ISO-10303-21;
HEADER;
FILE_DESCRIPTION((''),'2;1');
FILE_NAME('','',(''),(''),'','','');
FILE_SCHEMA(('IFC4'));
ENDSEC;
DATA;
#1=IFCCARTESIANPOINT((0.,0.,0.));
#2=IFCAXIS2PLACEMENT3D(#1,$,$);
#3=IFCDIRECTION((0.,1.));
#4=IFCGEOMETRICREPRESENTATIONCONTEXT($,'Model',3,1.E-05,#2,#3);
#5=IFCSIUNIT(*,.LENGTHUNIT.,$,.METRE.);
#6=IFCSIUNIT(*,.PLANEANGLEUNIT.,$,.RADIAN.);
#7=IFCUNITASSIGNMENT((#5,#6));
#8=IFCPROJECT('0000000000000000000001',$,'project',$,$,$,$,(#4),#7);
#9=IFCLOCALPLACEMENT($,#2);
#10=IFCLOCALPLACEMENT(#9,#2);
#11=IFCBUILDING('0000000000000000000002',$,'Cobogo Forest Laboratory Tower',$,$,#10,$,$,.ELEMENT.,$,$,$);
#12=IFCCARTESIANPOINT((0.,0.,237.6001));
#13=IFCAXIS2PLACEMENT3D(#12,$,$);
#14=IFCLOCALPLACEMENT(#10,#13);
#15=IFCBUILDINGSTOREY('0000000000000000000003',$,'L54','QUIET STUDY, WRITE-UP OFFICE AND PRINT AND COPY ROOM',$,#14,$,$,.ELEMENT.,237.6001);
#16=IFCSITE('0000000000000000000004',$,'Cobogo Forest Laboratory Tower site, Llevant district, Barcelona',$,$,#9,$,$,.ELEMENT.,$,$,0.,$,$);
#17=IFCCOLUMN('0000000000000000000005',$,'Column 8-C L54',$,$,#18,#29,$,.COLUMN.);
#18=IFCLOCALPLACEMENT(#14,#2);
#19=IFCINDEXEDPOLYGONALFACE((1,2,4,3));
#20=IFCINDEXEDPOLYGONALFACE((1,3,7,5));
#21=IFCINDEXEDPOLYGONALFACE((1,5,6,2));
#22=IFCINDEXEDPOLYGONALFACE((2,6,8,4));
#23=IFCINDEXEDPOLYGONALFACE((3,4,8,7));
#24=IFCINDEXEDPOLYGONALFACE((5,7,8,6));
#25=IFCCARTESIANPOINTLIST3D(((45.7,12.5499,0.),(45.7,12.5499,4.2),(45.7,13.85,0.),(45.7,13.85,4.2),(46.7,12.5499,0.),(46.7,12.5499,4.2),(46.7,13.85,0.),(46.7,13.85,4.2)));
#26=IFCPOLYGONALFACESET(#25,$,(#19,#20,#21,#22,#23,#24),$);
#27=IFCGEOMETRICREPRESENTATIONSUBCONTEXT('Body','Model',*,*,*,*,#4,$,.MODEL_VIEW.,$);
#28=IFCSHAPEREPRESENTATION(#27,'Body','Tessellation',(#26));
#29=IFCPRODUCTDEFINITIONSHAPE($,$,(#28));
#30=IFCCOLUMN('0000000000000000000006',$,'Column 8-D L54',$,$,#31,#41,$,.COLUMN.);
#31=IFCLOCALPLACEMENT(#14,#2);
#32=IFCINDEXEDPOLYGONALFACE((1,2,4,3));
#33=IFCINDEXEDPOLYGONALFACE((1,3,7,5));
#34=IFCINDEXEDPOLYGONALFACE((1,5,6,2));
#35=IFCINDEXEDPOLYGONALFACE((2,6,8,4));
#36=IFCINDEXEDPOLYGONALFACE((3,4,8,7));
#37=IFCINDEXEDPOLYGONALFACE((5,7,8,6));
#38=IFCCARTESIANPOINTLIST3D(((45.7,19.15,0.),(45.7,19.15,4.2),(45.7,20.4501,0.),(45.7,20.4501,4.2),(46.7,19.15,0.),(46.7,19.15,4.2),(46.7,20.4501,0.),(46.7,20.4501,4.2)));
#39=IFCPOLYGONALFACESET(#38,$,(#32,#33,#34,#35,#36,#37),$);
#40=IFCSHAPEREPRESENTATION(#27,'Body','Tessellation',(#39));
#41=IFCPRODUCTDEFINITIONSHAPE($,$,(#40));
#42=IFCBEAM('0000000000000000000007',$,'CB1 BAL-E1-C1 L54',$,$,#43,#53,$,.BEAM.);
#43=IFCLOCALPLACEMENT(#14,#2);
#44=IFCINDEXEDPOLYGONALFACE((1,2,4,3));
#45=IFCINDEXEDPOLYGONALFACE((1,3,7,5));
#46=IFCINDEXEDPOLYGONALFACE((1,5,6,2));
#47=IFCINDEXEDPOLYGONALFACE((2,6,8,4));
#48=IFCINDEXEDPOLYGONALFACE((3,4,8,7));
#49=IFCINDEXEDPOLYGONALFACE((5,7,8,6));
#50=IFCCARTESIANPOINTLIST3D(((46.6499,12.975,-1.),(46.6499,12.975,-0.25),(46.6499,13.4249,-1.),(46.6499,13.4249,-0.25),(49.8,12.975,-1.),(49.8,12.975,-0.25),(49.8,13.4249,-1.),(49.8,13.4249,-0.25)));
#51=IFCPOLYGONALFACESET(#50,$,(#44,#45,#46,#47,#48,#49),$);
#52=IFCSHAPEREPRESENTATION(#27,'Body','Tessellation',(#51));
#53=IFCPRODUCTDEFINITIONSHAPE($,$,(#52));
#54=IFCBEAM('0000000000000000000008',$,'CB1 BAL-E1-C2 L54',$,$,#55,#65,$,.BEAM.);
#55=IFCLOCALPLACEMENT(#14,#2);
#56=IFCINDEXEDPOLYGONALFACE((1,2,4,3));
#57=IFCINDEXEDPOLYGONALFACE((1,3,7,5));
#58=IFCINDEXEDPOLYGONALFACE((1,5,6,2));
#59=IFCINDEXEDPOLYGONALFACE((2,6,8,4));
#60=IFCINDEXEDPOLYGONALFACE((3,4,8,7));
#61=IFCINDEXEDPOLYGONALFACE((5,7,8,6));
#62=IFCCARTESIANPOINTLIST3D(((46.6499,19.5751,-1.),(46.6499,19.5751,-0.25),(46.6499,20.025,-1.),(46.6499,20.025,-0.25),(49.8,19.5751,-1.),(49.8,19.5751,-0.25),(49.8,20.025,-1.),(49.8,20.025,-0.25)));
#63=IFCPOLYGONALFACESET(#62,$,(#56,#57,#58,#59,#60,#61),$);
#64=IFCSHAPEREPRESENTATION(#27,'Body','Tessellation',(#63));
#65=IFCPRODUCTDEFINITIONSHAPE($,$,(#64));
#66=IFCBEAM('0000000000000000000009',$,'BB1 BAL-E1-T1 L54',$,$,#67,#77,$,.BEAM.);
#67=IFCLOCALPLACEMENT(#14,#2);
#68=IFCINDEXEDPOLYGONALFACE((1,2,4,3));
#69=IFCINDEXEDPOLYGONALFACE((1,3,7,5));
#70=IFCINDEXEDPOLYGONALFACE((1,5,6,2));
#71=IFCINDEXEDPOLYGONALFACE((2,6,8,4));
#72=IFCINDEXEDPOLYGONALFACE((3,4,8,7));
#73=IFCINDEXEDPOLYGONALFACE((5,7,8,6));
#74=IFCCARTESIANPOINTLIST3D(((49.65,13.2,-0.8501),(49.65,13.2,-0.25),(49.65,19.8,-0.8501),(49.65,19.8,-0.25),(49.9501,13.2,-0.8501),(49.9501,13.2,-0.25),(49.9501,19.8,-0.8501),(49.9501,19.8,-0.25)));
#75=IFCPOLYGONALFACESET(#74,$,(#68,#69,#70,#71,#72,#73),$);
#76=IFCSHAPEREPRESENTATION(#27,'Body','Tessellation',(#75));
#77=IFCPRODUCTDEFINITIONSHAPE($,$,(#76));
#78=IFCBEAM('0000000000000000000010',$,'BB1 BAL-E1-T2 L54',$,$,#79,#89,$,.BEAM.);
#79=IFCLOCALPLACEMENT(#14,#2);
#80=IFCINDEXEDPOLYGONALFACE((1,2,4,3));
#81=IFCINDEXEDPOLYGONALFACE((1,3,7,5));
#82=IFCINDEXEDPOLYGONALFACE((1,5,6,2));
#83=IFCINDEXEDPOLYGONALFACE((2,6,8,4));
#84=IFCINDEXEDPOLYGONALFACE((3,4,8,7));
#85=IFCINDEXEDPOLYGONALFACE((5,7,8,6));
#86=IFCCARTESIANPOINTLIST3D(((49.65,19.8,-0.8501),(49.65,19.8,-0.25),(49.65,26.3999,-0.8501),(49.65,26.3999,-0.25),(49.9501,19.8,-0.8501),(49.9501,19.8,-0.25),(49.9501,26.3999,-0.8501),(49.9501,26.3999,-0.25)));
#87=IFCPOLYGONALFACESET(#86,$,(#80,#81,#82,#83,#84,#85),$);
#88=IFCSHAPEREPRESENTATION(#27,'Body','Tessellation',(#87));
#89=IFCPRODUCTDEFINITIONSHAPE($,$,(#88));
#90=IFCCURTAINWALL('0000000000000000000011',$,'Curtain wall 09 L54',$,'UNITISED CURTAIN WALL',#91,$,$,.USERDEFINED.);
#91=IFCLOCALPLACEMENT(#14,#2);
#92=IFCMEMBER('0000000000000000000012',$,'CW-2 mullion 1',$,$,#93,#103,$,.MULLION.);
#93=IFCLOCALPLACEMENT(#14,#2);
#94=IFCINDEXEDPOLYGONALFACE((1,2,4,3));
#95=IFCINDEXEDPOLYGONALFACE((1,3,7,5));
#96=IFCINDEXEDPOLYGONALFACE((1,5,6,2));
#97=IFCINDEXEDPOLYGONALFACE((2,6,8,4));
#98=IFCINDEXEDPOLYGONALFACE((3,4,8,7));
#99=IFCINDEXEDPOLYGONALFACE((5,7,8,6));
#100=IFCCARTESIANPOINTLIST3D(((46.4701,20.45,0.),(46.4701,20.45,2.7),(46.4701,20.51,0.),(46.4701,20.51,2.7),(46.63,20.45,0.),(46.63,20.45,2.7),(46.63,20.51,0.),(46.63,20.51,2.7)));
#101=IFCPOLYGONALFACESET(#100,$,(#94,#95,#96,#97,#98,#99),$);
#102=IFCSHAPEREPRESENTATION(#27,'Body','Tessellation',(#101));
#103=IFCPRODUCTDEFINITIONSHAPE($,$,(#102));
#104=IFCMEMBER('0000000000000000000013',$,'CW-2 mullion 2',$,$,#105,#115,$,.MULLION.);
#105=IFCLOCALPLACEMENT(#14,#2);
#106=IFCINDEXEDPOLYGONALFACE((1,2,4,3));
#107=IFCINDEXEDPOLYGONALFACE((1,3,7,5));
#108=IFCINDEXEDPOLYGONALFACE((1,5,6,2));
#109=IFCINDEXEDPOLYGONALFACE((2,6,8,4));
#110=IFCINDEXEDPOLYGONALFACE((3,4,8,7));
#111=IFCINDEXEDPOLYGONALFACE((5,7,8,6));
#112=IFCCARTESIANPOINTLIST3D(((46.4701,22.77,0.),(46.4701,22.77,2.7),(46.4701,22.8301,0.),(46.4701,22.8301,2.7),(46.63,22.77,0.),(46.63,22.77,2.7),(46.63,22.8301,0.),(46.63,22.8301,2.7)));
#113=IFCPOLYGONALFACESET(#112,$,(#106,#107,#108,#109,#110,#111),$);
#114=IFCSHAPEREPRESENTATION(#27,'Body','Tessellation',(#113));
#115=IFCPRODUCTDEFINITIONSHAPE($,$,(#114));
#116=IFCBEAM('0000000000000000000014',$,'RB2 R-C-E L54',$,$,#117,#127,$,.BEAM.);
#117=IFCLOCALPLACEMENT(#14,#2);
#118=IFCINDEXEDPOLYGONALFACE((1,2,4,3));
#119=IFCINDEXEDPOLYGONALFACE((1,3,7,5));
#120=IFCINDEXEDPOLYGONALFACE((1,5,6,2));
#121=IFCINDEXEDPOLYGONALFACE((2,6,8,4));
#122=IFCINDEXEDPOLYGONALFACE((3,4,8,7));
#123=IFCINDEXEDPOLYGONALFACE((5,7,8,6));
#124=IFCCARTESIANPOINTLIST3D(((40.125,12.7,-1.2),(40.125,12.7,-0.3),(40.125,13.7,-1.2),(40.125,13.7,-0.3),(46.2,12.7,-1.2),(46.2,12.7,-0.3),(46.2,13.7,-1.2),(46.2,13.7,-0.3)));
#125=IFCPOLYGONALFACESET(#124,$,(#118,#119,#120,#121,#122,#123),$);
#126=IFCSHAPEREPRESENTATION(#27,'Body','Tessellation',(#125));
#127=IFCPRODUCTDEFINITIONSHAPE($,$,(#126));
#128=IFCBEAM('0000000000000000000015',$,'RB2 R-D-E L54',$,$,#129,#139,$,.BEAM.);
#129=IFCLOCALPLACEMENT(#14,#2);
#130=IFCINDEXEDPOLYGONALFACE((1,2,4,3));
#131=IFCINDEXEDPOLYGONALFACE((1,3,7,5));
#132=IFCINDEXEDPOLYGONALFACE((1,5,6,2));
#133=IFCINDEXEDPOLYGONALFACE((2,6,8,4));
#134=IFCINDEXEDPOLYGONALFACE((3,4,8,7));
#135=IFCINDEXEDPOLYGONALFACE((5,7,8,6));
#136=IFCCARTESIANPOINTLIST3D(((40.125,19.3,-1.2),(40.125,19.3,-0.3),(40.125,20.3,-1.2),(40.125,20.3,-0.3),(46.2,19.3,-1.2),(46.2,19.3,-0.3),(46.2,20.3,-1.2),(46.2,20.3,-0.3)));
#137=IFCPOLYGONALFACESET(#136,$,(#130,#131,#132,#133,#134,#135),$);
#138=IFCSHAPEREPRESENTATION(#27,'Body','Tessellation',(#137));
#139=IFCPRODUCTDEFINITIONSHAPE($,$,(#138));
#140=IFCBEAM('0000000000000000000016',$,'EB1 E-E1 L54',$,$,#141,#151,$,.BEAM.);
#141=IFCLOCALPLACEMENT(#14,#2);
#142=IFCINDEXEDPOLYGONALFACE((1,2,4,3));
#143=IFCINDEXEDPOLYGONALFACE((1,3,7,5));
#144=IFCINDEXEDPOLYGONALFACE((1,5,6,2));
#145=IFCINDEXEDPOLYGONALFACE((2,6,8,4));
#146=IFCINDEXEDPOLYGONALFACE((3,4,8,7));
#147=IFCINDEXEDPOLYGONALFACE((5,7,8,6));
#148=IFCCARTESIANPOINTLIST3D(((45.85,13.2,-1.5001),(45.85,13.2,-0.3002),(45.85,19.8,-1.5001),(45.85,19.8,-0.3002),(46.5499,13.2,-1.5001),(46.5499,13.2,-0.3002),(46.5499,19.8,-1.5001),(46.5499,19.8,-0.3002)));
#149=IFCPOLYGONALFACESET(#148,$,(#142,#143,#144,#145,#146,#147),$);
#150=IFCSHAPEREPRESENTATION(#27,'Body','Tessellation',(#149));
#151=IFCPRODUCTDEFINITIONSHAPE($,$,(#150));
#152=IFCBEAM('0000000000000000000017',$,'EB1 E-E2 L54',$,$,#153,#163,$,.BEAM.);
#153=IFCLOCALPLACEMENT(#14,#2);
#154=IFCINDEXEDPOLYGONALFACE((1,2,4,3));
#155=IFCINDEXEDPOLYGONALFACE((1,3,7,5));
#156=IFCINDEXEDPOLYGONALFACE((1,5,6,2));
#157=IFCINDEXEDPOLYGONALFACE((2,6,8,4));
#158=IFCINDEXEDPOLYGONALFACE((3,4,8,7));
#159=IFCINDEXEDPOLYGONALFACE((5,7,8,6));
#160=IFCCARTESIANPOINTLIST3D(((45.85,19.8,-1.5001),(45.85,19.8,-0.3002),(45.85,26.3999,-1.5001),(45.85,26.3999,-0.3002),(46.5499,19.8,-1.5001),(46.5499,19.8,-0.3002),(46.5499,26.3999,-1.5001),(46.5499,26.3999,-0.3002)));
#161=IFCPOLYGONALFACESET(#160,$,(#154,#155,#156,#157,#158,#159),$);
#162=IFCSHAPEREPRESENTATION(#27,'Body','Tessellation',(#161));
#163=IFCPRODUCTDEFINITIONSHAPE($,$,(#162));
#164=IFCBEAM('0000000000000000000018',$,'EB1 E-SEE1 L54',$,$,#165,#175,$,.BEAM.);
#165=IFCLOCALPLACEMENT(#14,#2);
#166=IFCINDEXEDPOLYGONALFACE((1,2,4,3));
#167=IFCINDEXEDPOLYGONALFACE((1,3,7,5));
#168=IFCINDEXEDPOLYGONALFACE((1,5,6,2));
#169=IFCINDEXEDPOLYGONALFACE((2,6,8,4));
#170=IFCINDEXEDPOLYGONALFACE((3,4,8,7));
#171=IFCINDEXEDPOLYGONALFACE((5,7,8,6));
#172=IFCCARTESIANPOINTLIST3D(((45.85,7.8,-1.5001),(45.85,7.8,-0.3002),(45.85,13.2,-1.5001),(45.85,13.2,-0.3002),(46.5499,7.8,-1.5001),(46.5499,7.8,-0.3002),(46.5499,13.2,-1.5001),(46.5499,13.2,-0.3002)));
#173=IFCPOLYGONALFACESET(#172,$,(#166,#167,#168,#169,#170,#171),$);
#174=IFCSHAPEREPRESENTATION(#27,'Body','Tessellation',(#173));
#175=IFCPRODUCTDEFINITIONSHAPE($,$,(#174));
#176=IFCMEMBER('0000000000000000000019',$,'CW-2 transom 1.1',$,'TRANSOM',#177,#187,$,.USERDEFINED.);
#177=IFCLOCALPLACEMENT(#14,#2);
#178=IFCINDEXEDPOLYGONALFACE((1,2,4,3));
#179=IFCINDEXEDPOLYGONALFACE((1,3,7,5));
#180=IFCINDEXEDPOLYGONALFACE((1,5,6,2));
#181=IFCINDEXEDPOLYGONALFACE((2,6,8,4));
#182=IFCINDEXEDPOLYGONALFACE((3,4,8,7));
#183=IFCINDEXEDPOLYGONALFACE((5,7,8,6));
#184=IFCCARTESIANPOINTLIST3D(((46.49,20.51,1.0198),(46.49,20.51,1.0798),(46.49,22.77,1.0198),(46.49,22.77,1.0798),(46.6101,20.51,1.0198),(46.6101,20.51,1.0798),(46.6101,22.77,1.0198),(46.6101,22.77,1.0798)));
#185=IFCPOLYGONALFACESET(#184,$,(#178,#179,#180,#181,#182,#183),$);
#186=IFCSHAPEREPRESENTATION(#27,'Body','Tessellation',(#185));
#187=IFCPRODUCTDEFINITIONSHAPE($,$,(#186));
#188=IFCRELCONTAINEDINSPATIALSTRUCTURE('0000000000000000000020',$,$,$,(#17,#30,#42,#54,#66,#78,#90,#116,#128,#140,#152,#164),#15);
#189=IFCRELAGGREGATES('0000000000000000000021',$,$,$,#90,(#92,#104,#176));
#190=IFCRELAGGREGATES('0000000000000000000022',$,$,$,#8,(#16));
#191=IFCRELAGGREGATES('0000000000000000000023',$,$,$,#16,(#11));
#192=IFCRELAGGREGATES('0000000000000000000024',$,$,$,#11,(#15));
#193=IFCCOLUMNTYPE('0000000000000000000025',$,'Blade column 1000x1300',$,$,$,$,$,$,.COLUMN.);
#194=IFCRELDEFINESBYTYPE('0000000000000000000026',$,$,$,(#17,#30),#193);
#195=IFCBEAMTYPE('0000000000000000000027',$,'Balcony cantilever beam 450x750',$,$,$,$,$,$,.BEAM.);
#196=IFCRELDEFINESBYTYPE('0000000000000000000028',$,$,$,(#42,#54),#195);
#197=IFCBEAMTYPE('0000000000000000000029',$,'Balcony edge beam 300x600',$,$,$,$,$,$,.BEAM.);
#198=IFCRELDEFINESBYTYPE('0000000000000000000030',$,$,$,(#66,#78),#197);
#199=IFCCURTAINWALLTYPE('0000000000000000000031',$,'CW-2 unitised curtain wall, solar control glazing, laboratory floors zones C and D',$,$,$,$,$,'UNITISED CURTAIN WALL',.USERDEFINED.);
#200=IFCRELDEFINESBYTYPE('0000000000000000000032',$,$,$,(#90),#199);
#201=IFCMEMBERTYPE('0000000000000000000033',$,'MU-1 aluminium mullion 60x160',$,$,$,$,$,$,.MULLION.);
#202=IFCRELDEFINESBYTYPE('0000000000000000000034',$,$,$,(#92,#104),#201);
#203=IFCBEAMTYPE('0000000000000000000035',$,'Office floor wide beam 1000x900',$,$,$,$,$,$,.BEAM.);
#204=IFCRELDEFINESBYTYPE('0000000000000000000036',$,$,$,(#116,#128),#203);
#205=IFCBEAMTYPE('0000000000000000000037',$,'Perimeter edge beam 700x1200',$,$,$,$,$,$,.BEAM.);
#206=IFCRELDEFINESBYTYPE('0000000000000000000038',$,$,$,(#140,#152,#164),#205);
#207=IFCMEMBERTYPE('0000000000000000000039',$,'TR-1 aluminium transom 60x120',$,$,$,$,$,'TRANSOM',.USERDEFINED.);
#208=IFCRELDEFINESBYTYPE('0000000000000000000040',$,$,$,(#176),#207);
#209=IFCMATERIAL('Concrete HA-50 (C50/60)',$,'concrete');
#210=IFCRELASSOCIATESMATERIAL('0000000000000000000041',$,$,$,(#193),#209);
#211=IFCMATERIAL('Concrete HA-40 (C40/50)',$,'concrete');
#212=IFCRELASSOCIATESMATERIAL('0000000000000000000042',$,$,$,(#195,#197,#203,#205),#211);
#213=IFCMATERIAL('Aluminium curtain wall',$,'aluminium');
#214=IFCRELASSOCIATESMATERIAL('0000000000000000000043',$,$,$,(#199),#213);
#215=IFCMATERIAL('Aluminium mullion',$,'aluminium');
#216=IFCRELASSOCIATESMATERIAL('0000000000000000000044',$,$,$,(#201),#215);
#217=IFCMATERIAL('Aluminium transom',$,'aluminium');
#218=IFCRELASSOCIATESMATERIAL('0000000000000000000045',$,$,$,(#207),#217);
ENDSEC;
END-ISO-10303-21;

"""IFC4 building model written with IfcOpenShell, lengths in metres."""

from ifc_helpers import new_model, si_unit, direction, frame, origin, origin_2d, place, context, subcontext, project, spatial, rectangle, extrude, material, material_profile, profile_set, type_object, element, aggregate, save


model = new_model("IFC4")

# Units and contexts
model_context = context("Model", 3, precision=1e-05, world=origin(), true_north=direction((0.0, 1.0)))
body_context = subcontext(model_context, "Body", "Model", "MODEL_VIEW")
ifc_project = project(units=[si_unit("LENGTHUNIT", "METRE"), si_unit("PLANEANGLEUNIT", "RADIAN")], contexts=[model_context])

# Site, building, storey
site_placement = place(None, origin())
site = spatial("IfcSite", under=ifc_project, at=site_placement, Name="Cobogo Forest Laboratory Tower site, Llevant district, Barcelona", CompositionType="ELEMENT", RefElevation=0.0)
building_placement = place(site_placement, origin())
building = spatial("IfcBuilding", under=site, at=building_placement, Name="Cobogo Forest Laboratory Tower", CompositionType="ELEMENT")
storey_placement = place(building_placement, frame((0.0, 0.0, 237.6001)))
storey = spatial("IfcBuildingStorey", under=building, at=storey_placement, Name="L54", Description="QUIET STUDY, WRITE-UP OFFICE AND PRINT AND COPY ROOM", CompositionType="ELEMENT", Elevation=237.6001)

# Columns
ifc_material_1 = material(Name="Concrete HA-50 (C50/60)", Category="concrete")
ifc_material_profile_1 = material_profile(ifc_material_1, rectangle(XDim=1.3, YDim=1.0, at=origin_2d()), Name="RC 1000x1300")
ifc_profile_set_1 = profile_set([ifc_material_profile_1], Name="Concrete HA-50 (C50/60)")
column_type = type_object("IfcColumnType", Name="Blade column 1000x1300", PredefinedType="COLUMN", material=ifc_profile_set_1)
for number, where, z_axis, x_axis, name in (
    (1, (46.2, 13.2, 0.0), (0.0, 0.0, 1.0), (0.0, 1.0, 0.0), "Column 8-C L54"),
    (2, (46.2, 19.8, 0.0), (0.0, 0.0, 1.0), (0.0, 1.0, 0.0), "Column 8-D L54"),
):
    element("IfcColumn", number, at=place(storey_placement, frame(where, z_axis=z_axis, x_axis=x_axis)), inside=storey, type_object=column_type, Name=name, PredefinedType="COLUMN", context=body_context, shape_type="SweptSolid", body=[
        extrude(rectangle(XDim=1.3, YDim=1.0, at=origin_2d()), origin(), (0.0, 0.0, 1.0), 4.2),
    ])

# Beams
ifc_material_2 = material(Name="Concrete HA-40 (C40/50)", Category="concrete")
ifc_material_profile_2 = material_profile(ifc_material_2, rectangle(XDim=0.45, YDim=0.75, at=origin_2d()), Name="RC 450x750")
ifc_profile_set_2 = profile_set([ifc_material_profile_2], Name="Concrete HA-40 (C40/50)")
beam_type_1 = type_object("IfcBeamType", Name="Balcony cantilever beam 450x750", PredefinedType="BEAM", material=ifc_profile_set_2)
for number, where, z_axis, x_axis, name in (
    (3, (46.6499, 13.2, -0.625), (1.0, 0.0, 0.0), (0.0, 1.0, 0.0), "CB1 BAL-E1-C1 L54"),
    (4, (46.6499, 19.8, -0.625), (1.0, 0.0, 0.0), (0.0, 1.0, 0.0), "CB1 BAL-E1-C2 L54"),
):
    element("IfcBeam", number, at=place(storey_placement, frame(where, z_axis=z_axis, x_axis=x_axis)), inside=storey, type_object=beam_type_1, Name=name, PredefinedType="BEAM", context=body_context, shape_type="SweptSolid", body=[
        extrude(rectangle(XDim=0.45, YDim=0.75, at=origin_2d()), origin(), (0.0, 0.0, 1.0), 3.1501),
    ])
ifc_material_profile_3 = material_profile(ifc_material_2, rectangle(XDim=0.3, YDim=0.6001, at=origin_2d()), Name="RC 300x600")
ifc_profile_set_3 = profile_set([ifc_material_profile_3], Name="Concrete HA-40 (C40/50)")
beam_type_2 = type_object("IfcBeamType", Name="Balcony edge beam 300x600", PredefinedType="BEAM", material=ifc_profile_set_3)
beam_1_placement = place(storey_placement, frame((49.8, 13.2, -0.55), z_axis=(0.0, 1.0, 0.0), x_axis=(-1.0, 0.0, 0.0)))
element("IfcBeam", 5, at=beam_1_placement, inside=storey, type_object=beam_type_2, Name="BB1 BAL-E1-T1 L54", PredefinedType="BEAM", context=body_context, shape_type="SweptSolid", body=[
    extrude(rectangle(XDim=0.3, YDim=0.6001, at=origin_2d()), origin(), (0.0, 0.0, 1.0), 6.6001),
])
beam_2_placement = place(storey_placement, frame((49.8, 19.8, -0.55), z_axis=(0.0, 1.0, 0.0), x_axis=(-1.0, 0.0, 0.0)))
element("IfcBeam", 6, at=beam_2_placement, inside=storey, type_object=beam_type_2, Name="BB1 BAL-E1-T2 L54", PredefinedType="BEAM", context=body_context, shape_type="SweptSolid", body=[
    extrude(rectangle(XDim=0.3, YDim=0.6001, at=origin_2d()), origin(), (0.0, 0.0, 1.0), 6.5999),
])

# Curtain wall, members
ifc_material_3 = material(Name="Aluminium curtain wall", Category="aluminium")
curtain_wall_type = type_object("IfcCurtainWallType", Name="CW-2 unitised curtain wall, solar control glazing, laboratory floors zones C and D", ElementType="UNITISED CURTAIN WALL", PredefinedType="USERDEFINED", material=ifc_material_3)
curtain_wall_placement = place(storey_placement, origin())
curtain_wall = element("IfcCurtainWall", 7, at=curtain_wall_placement, inside=storey, type_object=curtain_wall_type, Name="Curtain wall 09 L54", ObjectType="UNITISED CURTAIN WALL", PredefinedType="USERDEFINED")
ifc_material_4 = material(Name="Aluminium mullion", Category="aluminium")
ifc_material_profile_4 = material_profile(ifc_material_4, rectangle(XDim=0.0601, YDim=0.1599, at=origin_2d()), Name="AL 60x160")
ifc_profile_set_4 = profile_set([ifc_material_profile_4], Name="Aluminium mullion")
member_type_1 = type_object("IfcMemberType", Name="MU-1 aluminium mullion 60x160", PredefinedType="MULLION", material=ifc_profile_set_4)
member_1_placement = place(storey_placement, frame((46.55, 20.48, 0.0), z_axis=(0.0, 0.0, 1.0), x_axis=(0.0, 1.0, 0.0)))
member_1 = element("IfcMember", 8, at=member_1_placement, type_object=member_type_1, Name="CW-2 mullion 1", PredefinedType="MULLION", context=body_context, shape_type="SweptSolid", body=[
    extrude(rectangle(XDim=0.0601, YDim=0.1599, at=origin_2d()), origin(), (0.0, 0.0, 1.0), 2.7),
])
member_2_placement = place(storey_placement, frame((46.55, 22.8, 0.0), z_axis=(0.0, 0.0, 1.0), x_axis=(0.0, 1.0, 0.0)))
member_2 = element("IfcMember", 9, at=member_2_placement, type_object=member_type_1, Name="CW-2 mullion 2", PredefinedType="MULLION", context=body_context, shape_type="SweptSolid", body=[
    extrude(rectangle(XDim=0.0601, YDim=0.1599, at=origin_2d()), origin(), (0.0, 0.0, 1.0), 2.7),
])

# Beams
ifc_material_profile_5 = material_profile(ifc_material_2, rectangle(XDim=1.0, YDim=0.8999, at=origin_2d()), Name="RC 1000x900")
ifc_profile_set_5 = profile_set([ifc_material_profile_5], Name="Concrete HA-40 (C40/50)")
beam_type_3 = type_object("IfcBeamType", Name="Office floor wide beam 1000x900", PredefinedType="BEAM", material=ifc_profile_set_5)
for number, where, z_axis, x_axis, name in (
    (10, (40.125, 13.2, -0.75), (1.0, 0.0, 0.0), (0.0, 1.0, 0.0), "RB2 R-C-E L54"),
    (11, (40.125, 19.8, -0.75), (1.0, 0.0, 0.0), (0.0, 1.0, 0.0), "RB2 R-D-E L54"),
):
    element("IfcBeam", number, at=place(storey_placement, frame(where, z_axis=z_axis, x_axis=x_axis)), inside=storey, type_object=beam_type_3, Name=name, PredefinedType="BEAM", context=body_context, shape_type="SweptSolid", body=[
        extrude(rectangle(XDim=1.0, YDim=0.8999, at=origin_2d()), origin(), (0.0, 0.0, 1.0), 6.075),
    ])
ifc_material_profile_6 = material_profile(ifc_material_2, rectangle(XDim=0.7, YDim=1.2, at=origin_2d()), Name="RC 700x1200")
ifc_profile_set_6 = profile_set([ifc_material_profile_6], Name="Concrete HA-40 (C40/50)")
beam_type_4 = type_object("IfcBeamType", Name="Perimeter edge beam 700x1200", PredefinedType="BEAM", material=ifc_profile_set_6)
beam_3_placement = place(storey_placement, frame((46.2, 13.2, -0.9001), z_axis=(0.0, 1.0, 0.0), x_axis=(-1.0, 0.0, 0.0)))
element("IfcBeam", 12, at=beam_3_placement, inside=storey, type_object=beam_type_4, Name="EB1 E-E1 L54", PredefinedType="BEAM", context=body_context, shape_type="SweptSolid", body=[
    extrude(rectangle(XDim=0.7, YDim=1.2, at=origin_2d()), origin(), (0.0, 0.0, 1.0), 6.6001),
])
beam_4_placement = place(storey_placement, frame((46.2, 19.8, -0.9001), z_axis=(0.0, 1.0, 0.0), x_axis=(-1.0, 0.0, 0.0)))
element("IfcBeam", 13, at=beam_4_placement, inside=storey, type_object=beam_type_4, Name="EB1 E-E2 L54", PredefinedType="BEAM", context=body_context, shape_type="SweptSolid", body=[
    extrude(rectangle(XDim=0.7, YDim=1.2, at=origin_2d()), origin(), (0.0, 0.0, 1.0), 6.5999),
])
beam_5_placement = place(storey_placement, frame((46.2, 13.2, -0.9001), z_axis=(0.0, -1.0, 0.0), x_axis=(1.0, 0.0, 0.0)))
element("IfcBeam", 14, at=beam_5_placement, inside=storey, type_object=beam_type_4, Name="EB1 E-SEE1 L54", PredefinedType="BEAM", context=body_context, shape_type="SweptSolid", body=[
    extrude(rectangle(XDim=0.7, YDim=1.2, at=origin_2d()), origin(), (0.0, 0.0, 1.0), 5.3999),
])

# Member
ifc_material_5 = material(Name="Aluminium transom", Category="aluminium")
ifc_material_profile_7 = material_profile(ifc_material_5, rectangle(XDim=0.1201, YDim=0.0601, at=origin_2d()), Name="AL 60x120")
ifc_profile_set_7 = profile_set([ifc_material_profile_7], Name="Aluminium transom")
member_type_2 = type_object("IfcMemberType", Name="TR-1 aluminium transom 60x120", ElementType="TRANSOM", PredefinedType="USERDEFINED", material=ifc_profile_set_7)
member_3_placement = place(storey_placement, frame((46.55, 20.51, 1.0498), z_axis=(0.0, 1.0, 0.0), x_axis=(-1.0, 0.0, 0.0)))
member_3 = element("IfcMember", 15, at=member_3_placement, type_object=member_type_2, Name="CW-2 transom 1.1", ObjectType="TRANSOM", PredefinedType="USERDEFINED", context=body_context, shape_type="SweptSolid", body=[
    extrude(rectangle(XDim=0.1201, YDim=0.0601, at=origin_2d()), origin(), (0.0, 0.0, 1.0), 2.26),
])

aggregate(curtain_wall, [member_1, member_2, member_3])

save(model, "model.ifc")
